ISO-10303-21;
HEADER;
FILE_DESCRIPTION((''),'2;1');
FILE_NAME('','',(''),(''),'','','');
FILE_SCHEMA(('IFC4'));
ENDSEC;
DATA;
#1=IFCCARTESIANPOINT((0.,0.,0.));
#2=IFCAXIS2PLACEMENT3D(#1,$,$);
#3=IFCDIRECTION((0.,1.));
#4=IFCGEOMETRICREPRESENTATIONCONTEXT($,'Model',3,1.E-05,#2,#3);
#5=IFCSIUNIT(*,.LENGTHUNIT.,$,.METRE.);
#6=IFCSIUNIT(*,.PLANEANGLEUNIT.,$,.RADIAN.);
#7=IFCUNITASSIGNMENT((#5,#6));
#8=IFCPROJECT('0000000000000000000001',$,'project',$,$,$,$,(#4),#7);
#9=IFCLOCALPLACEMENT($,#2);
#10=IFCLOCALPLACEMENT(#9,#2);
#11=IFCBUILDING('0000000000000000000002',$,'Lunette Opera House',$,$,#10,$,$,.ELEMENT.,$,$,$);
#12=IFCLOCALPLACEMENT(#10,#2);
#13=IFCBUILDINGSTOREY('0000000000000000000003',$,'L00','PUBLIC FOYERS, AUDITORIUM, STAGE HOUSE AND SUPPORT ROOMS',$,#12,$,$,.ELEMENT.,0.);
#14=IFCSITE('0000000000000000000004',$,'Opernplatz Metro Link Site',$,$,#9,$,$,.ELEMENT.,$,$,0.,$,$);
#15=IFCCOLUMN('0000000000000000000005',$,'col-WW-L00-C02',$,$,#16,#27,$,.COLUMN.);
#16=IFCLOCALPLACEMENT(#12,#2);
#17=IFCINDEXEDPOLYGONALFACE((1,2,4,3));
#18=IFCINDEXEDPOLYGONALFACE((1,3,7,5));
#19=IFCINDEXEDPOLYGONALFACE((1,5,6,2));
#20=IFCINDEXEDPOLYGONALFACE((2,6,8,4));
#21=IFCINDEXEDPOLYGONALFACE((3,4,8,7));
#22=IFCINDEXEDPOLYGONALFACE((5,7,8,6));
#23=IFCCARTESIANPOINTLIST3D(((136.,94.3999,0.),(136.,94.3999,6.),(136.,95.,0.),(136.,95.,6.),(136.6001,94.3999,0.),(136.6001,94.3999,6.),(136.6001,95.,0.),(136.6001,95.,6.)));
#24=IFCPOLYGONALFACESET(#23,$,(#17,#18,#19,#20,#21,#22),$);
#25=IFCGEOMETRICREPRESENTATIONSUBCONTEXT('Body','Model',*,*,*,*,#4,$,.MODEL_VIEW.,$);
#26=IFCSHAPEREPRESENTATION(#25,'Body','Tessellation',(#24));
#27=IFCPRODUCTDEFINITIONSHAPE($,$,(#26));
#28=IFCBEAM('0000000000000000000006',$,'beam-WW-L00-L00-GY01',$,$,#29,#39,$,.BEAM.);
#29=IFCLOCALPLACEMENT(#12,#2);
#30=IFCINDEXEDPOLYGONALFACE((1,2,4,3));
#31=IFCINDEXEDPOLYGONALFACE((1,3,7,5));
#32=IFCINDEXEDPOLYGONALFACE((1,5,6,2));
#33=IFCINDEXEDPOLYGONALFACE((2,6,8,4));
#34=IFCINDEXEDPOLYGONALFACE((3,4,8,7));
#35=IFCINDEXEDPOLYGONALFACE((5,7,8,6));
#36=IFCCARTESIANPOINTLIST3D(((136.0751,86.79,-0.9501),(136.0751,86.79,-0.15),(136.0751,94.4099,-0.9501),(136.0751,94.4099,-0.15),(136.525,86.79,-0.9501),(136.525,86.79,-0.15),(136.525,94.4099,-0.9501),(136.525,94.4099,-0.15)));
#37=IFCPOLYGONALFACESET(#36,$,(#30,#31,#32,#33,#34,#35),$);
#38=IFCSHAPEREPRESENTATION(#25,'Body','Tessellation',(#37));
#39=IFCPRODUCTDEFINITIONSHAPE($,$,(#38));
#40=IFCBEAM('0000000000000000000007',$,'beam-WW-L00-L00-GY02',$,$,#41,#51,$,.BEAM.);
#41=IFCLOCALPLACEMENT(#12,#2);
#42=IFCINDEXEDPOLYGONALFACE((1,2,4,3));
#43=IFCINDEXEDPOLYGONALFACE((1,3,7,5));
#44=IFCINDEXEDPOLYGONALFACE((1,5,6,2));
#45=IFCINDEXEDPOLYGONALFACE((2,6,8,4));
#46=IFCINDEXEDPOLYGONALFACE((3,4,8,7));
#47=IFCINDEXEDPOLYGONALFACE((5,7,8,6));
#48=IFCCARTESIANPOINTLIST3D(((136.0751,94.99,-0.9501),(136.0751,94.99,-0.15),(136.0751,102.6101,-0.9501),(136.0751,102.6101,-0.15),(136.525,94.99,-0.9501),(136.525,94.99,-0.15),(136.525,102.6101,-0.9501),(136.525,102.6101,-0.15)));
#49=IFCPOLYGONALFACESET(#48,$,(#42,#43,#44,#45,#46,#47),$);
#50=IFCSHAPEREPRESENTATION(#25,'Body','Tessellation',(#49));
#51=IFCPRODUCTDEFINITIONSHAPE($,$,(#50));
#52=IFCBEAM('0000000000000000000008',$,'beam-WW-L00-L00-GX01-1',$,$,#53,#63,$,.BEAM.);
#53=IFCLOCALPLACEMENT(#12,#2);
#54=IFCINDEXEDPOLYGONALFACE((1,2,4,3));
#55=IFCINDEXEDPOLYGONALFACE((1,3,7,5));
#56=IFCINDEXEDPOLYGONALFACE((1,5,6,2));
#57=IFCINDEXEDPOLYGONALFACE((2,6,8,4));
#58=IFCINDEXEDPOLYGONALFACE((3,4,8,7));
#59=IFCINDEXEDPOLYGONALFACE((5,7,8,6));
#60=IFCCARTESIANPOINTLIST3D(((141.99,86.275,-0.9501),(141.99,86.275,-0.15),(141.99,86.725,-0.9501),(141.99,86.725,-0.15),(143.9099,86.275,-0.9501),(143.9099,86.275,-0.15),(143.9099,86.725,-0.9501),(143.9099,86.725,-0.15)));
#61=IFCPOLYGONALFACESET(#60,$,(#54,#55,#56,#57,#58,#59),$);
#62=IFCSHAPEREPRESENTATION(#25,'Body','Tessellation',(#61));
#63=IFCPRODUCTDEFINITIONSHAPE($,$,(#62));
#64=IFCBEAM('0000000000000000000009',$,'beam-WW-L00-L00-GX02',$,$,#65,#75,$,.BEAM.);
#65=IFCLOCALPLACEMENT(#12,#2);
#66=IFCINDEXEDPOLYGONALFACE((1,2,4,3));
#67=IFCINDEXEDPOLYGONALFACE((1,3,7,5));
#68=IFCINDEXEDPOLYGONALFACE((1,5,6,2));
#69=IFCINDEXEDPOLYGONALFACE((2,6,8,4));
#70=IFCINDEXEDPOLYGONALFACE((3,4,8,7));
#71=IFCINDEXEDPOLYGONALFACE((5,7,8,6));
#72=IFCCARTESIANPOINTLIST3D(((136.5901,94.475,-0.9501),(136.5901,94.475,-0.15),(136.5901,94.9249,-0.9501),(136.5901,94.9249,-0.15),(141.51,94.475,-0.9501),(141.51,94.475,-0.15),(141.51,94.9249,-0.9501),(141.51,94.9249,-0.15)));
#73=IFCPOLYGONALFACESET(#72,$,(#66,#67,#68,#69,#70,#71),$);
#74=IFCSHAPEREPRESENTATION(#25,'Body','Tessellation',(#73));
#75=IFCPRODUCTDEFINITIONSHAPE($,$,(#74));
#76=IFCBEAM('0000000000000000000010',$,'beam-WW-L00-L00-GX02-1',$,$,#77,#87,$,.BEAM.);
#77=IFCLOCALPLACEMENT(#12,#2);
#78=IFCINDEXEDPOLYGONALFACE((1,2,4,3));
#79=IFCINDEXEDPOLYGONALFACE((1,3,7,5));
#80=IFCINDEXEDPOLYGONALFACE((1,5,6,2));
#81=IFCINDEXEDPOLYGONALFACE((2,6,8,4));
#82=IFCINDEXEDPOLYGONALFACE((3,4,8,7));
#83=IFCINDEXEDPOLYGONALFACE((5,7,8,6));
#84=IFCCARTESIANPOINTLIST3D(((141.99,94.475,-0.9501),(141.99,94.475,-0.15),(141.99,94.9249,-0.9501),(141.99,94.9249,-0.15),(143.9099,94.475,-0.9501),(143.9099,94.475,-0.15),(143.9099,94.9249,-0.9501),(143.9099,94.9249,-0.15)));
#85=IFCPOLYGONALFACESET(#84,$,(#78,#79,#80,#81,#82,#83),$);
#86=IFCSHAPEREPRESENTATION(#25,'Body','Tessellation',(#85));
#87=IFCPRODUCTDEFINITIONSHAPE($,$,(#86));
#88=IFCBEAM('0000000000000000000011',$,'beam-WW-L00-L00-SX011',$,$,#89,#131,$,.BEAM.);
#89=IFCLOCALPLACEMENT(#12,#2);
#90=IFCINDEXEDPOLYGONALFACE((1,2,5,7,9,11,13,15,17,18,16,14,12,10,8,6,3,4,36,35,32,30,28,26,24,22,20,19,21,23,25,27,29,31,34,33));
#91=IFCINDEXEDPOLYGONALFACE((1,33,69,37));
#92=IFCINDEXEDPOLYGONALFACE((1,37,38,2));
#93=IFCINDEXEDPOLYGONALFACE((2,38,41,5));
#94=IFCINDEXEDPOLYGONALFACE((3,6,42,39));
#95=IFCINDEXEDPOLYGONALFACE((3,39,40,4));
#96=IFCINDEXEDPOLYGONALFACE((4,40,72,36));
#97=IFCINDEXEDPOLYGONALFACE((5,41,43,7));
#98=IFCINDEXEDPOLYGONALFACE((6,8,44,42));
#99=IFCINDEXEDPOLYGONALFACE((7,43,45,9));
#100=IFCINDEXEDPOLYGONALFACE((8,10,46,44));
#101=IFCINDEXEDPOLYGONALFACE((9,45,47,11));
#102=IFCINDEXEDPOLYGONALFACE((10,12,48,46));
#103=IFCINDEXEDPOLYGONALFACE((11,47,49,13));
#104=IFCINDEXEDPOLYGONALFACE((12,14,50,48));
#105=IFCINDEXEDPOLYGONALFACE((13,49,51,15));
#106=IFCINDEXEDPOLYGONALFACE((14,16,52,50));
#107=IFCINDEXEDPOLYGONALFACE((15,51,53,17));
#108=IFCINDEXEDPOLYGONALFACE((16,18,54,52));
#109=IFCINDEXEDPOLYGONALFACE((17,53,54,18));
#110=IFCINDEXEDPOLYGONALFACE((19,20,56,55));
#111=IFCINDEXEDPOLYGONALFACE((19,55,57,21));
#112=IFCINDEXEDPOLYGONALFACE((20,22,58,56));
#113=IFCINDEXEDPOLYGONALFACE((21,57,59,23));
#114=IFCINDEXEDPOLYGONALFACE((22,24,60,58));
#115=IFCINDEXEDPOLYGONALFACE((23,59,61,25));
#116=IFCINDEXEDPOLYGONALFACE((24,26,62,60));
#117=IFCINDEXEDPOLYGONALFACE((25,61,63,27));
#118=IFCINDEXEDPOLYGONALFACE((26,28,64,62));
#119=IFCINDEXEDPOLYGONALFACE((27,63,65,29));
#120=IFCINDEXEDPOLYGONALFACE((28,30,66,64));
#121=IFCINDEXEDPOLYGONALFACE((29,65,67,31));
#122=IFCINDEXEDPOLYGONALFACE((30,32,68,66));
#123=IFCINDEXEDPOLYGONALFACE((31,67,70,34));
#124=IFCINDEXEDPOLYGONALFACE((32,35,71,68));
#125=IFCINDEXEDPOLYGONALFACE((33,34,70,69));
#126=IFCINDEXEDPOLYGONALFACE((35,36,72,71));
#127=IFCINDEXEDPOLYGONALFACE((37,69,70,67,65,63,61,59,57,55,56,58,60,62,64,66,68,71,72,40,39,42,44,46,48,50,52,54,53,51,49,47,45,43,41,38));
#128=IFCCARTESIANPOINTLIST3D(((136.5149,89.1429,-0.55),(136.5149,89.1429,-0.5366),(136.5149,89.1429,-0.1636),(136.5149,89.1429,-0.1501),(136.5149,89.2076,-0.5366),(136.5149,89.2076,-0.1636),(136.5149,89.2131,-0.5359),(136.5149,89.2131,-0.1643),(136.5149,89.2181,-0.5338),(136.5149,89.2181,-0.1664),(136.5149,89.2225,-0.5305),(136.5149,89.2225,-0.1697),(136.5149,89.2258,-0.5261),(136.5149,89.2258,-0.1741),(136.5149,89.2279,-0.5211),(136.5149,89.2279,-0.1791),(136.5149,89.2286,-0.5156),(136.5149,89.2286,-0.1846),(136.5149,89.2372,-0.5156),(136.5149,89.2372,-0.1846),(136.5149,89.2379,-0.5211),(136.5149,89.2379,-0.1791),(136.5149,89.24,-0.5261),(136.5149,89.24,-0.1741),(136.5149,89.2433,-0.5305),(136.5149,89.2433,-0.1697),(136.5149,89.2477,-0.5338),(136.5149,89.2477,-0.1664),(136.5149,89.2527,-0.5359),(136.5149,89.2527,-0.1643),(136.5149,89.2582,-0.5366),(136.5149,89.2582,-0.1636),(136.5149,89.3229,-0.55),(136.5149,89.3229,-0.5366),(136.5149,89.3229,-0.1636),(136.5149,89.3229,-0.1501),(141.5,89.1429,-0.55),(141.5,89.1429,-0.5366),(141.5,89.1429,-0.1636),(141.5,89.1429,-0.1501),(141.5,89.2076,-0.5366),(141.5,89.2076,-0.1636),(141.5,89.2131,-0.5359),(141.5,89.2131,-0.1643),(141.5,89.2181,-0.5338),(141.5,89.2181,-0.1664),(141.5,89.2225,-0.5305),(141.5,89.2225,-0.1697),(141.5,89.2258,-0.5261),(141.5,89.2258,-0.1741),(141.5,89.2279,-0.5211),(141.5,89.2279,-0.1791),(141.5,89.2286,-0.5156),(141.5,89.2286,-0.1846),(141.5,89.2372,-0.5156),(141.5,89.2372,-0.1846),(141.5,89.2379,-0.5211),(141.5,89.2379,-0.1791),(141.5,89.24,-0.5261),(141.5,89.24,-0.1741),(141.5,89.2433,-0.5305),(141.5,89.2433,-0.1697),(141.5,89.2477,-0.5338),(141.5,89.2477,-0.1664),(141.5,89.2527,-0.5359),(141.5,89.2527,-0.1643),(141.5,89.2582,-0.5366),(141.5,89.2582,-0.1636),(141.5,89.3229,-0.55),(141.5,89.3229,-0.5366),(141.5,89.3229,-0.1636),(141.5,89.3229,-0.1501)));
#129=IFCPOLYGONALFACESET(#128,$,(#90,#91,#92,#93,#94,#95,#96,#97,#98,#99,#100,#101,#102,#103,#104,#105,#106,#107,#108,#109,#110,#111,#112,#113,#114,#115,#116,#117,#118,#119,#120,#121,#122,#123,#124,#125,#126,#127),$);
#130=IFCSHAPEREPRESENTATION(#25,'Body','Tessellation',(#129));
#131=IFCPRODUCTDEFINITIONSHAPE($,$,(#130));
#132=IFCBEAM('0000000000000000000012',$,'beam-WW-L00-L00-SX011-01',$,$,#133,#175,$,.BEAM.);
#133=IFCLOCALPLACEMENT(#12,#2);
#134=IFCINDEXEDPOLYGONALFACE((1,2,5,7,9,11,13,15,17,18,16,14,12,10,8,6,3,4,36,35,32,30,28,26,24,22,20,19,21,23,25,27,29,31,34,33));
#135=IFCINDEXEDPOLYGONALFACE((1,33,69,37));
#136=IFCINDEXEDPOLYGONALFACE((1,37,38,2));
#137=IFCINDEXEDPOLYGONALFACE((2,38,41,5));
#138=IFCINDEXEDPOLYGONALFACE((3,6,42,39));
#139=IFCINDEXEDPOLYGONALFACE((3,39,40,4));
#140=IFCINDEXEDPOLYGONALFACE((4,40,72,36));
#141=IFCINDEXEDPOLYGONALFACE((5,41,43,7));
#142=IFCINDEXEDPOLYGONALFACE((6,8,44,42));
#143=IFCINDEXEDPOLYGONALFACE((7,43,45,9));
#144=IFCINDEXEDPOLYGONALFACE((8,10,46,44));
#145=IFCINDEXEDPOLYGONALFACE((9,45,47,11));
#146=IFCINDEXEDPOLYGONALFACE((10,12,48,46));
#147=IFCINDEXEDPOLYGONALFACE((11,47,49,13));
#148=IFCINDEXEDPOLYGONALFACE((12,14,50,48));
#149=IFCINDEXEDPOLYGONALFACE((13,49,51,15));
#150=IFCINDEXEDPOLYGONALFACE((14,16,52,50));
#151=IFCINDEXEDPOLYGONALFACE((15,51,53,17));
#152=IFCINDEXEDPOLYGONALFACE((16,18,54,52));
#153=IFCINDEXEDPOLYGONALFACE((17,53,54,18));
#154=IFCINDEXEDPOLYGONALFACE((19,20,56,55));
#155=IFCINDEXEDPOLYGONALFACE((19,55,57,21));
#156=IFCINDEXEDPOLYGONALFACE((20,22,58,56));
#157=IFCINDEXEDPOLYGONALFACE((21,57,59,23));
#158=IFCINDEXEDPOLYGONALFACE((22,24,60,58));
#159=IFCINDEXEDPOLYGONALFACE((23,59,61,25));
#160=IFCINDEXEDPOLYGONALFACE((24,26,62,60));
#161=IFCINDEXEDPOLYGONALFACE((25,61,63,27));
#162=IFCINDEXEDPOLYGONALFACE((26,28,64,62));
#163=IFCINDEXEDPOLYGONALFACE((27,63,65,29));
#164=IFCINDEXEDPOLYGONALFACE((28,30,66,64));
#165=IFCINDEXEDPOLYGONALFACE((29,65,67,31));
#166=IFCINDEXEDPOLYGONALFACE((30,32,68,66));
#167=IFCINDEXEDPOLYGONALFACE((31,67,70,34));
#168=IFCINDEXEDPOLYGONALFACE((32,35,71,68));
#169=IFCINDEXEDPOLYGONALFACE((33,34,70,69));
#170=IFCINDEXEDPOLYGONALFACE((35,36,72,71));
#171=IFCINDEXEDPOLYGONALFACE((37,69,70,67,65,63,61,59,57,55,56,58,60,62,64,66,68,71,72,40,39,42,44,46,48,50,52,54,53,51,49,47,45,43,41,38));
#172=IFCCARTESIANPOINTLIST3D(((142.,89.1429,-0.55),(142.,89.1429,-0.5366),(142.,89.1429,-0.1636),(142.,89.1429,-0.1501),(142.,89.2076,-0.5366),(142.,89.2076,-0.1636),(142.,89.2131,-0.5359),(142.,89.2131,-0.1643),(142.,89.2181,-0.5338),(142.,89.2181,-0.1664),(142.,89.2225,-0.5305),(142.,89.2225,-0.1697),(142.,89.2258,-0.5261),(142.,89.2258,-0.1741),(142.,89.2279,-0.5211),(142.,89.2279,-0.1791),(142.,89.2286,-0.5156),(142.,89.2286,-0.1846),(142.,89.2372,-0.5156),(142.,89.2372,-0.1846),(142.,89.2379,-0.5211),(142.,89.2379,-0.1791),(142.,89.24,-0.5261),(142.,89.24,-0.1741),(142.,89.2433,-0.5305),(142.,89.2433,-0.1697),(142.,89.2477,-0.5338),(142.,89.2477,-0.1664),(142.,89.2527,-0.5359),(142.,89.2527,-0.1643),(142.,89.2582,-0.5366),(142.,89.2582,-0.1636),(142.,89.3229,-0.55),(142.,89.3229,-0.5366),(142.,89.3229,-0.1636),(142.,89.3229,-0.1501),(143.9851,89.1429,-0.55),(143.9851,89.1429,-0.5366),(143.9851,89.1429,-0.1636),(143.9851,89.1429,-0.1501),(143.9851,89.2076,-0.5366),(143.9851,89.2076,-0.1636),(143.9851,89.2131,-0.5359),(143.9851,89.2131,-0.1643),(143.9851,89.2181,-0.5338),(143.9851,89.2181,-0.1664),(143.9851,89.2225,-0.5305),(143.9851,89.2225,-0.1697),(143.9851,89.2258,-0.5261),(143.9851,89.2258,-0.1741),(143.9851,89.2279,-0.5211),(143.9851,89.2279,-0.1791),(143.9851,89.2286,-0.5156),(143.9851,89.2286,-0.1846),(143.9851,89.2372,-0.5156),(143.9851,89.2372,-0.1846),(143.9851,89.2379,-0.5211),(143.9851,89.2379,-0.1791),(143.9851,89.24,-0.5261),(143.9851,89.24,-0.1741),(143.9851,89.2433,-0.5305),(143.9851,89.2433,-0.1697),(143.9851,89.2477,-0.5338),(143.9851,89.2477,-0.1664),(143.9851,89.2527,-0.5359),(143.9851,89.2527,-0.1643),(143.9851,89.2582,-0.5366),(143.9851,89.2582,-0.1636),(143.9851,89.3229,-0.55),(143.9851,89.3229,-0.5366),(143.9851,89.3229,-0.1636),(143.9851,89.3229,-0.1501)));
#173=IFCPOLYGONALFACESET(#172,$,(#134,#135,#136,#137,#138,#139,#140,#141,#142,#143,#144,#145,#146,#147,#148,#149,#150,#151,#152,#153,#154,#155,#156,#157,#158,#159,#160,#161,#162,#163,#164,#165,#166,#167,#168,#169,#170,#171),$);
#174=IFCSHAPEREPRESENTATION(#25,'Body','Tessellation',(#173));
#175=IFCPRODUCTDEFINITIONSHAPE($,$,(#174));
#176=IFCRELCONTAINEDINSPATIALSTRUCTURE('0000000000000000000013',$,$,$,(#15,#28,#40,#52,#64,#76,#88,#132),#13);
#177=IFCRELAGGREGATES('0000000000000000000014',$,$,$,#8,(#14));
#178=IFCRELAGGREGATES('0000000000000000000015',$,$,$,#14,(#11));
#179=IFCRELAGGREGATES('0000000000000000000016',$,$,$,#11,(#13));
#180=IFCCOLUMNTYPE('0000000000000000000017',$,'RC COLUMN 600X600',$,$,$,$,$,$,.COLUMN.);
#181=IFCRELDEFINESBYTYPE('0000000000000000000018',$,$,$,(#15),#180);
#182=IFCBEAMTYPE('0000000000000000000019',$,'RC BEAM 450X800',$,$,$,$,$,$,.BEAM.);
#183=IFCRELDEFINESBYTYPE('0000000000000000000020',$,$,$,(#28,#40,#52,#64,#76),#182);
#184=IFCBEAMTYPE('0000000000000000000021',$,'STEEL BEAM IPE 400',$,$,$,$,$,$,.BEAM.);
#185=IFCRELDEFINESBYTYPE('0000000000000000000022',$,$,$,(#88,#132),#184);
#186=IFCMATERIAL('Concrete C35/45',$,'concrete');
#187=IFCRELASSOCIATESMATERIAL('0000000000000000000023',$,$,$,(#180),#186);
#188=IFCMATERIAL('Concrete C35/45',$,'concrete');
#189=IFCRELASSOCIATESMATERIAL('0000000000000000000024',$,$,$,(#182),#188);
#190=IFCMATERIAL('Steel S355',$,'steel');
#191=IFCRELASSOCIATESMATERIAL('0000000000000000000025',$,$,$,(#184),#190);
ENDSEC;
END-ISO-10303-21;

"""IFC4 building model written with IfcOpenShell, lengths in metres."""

from ifc_helpers import new_model, si_unit, direction, frame, origin, origin_2d, place, context, subcontext, project, spatial, rectangle, i_section, extrude, material, material_profile, profile_set, type_object, element, save


model = new_model("IFC4")

# Units and contexts
model_context = context("Model", 3, precision=1e-05, world=origin(), true_north=direction((0.0, 1.0)))
body_context = subcontext(model_context, "Body", "Model", "MODEL_VIEW")
ifc_project = project(units=[si_unit("LENGTHUNIT", "METRE"), si_unit("PLANEANGLEUNIT", "RADIAN")], contexts=[model_context])

# Site, building, storey
site_placement = place(None, origin())
site = spatial("IfcSite", under=ifc_project, at=site_placement, Name="Opernplatz Metro Link Site", CompositionType="ELEMENT", RefElevation=0.0)
building_placement = place(site_placement, origin())
building = spatial("IfcBuilding", under=site, at=building_placement, Name="Lunette Opera House", CompositionType="ELEMENT")
storey_placement = place(building_placement, origin())
storey = spatial("IfcBuildingStorey", under=building, at=storey_placement, Name="L00", Description="PUBLIC FOYERS, AUDITORIUM, STAGE HOUSE AND SUPPORT ROOMS", CompositionType="ELEMENT", Elevation=0.0)

# Column
ifc_material_1 = material(Name="Concrete C35/45", Category="concrete")
ifc_material_profile_1 = material_profile(ifc_material_1, rectangle(XDim=0.6001, YDim=0.6001, at=origin_2d()), Name="RC COLUMN 600X600")
ifc_profile_set_1 = profile_set([ifc_material_profile_1], Name="Concrete C35/45")
column_type = type_object("IfcColumnType", Name="RC COLUMN 600X600", PredefinedType="COLUMN", material=ifc_profile_set_1)
column_placement = place(storey_placement, frame((136.3, 94.7, 0.0), z_axis=(0.0, 0.0, 1.0), x_axis=(1.0, 0.0, 0.0)))
element("IfcColumn", 1, at=column_placement, inside=storey, type_object=column_type, Name="col-WW-L00-C02", PredefinedType="COLUMN", context=body_context, shape_type="SweptSolid", body=[
    extrude(rectangle(XDim=0.6001, YDim=0.6001, at=origin_2d()), origin(), (0.0, 0.0, 1.0), 6.0),
])

# Beams
ifc_material_2 = material(Name="Concrete C35/45", Category="concrete")
ifc_material_profile_2 = material_profile(ifc_material_2, rectangle(XDim=0.45, YDim=0.8, at=origin_2d()), Name="RC BEAM 450X800")
ifc_profile_set_2 = profile_set([ifc_material_profile_2], Name="Concrete C35/45")
beam_type_1 = type_object("IfcBeamType", Name="RC BEAM 450X800", PredefinedType="BEAM", material=ifc_profile_set_2)
beam_1_placement = place(storey_placement, frame((136.3, 86.79, -0.55), z_axis=(0.0, 1.0, 0.0), x_axis=(-1.0, 0.0, 0.0)))
element("IfcBeam", 2, at=beam_1_placement, inside=storey, type_object=beam_type_1, Name="beam-WW-L00-L00-GY01", PredefinedType="BEAM", context=body_context, shape_type="SweptSolid", body=[
    extrude(rectangle(XDim=0.45, YDim=0.8, at=origin_2d()), origin(), (0.0, 0.0, 1.0), 7.6199),
])
beam_2_placement = place(storey_placement, frame((136.3, 94.99, -0.55), z_axis=(0.0, 1.0, 0.0), x_axis=(-1.0, 0.0, 0.0)))
element("IfcBeam", 3, at=beam_2_placement, inside=storey, type_object=beam_type_1, Name="beam-WW-L00-L00-GY02", PredefinedType="BEAM", context=body_context, shape_type="SweptSolid", body=[
    extrude(rectangle(XDim=0.45, YDim=0.8, at=origin_2d()), origin(), (0.0, 0.0, 1.0), 7.6201),
])
beam_3_placement = place(storey_placement, frame((141.99, 86.5, -0.55), z_axis=(1.0, 0.0, 0.0), x_axis=(0.0, 1.0, 0.0)))
element("IfcBeam", 4, at=beam_3_placement, inside=storey, type_object=beam_type_1, Name="beam-WW-L00-L00-GX01-1", PredefinedType="BEAM", context=body_context, shape_type="SweptSolid", body=[
    extrude(rectangle(XDim=0.45, YDim=0.8, at=origin_2d()), origin(), (0.0, 0.0, 1.0), 1.9199),
])
beam_4_placement = place(storey_placement, frame((136.5901, 94.7, -0.55), z_axis=(1.0, 0.0, 0.0), x_axis=(0.0, 1.0, 0.0)))
element("IfcBeam", 5, at=beam_4_placement, inside=storey, type_object=beam_type_1, Name="beam-WW-L00-L00-GX02", PredefinedType="BEAM", context=body_context, shape_type="SweptSolid", body=[
    extrude(rectangle(XDim=0.45, YDim=0.8, at=origin_2d()), origin(), (0.0, 0.0, 1.0), 4.9199),
])
beam_5_placement = place(storey_placement, frame((141.99, 94.7, -0.55), z_axis=(1.0, 0.0, 0.0), x_axis=(0.0, 1.0, 0.0)))
element("IfcBeam", 6, at=beam_5_placement, inside=storey, type_object=beam_type_1, Name="beam-WW-L00-L00-GX02-1", PredefinedType="BEAM", context=body_context, shape_type="SweptSolid", body=[
    extrude(rectangle(XDim=0.45, YDim=0.8, at=origin_2d()), origin(), (0.0, 0.0, 1.0), 1.9199),
])
ifc_material_3 = material(Name="Steel S355", Category="steel")
ifc_material_profile_3 = material_profile(ifc_material_3, i_section(OverallWidth=0.1799, OverallDepth=0.3999, WebThickness=0.0085, FlangeThickness=0.0134, FilletRadius=0.021, at=origin_2d()), Name="IPE 400")
ifc_profile_set_3 = profile_set([ifc_material_profile_3], Name="Steel S355")
beam_type_2 = type_object("IfcBeamType", Name="STEEL BEAM IPE 400", PredefinedType="BEAM", material=ifc_profile_set_3)
beam_6_placement = place(storey_placement, frame((136.5149, 89.2329, -0.3501), z_axis=(1.0, 0.0, 0.0), x_axis=(0.0, 1.0, 0.0)))
element("IfcBeam", 7, at=beam_6_placement, inside=storey, type_object=beam_type_2, Name="beam-WW-L00-L00-SX011", PredefinedType="BEAM", context=body_context, shape_type="SweptSolid", body=[
    extrude(i_section(OverallWidth=0.1799, OverallDepth=0.3999, WebThickness=0.0085, FlangeThickness=0.0134, FilletRadius=0.021, at=origin_2d()), origin(), (0.0, 0.0, 1.0), 4.9851),
])
beam_7_placement = place(storey_placement, frame((142.0, 89.2329, -0.3501), z_axis=(1.0, 0.0, 0.0), x_axis=(0.0, 1.0, 0.0)))
element("IfcBeam", 8, at=beam_7_placement, inside=storey, type_object=beam_type_2, Name="beam-WW-L00-L00-SX011-01", PredefinedType="BEAM", context=body_context, shape_type="SweptSolid", body=[
    extrude(i_section(OverallWidth=0.1799, OverallDepth=0.3999, WebThickness=0.0085, FlangeThickness=0.0134, FilletRadius=0.021, at=origin_2d()), origin(), (0.0, 0.0, 1.0), 1.9851),
])

save(model, "model.ifc")
